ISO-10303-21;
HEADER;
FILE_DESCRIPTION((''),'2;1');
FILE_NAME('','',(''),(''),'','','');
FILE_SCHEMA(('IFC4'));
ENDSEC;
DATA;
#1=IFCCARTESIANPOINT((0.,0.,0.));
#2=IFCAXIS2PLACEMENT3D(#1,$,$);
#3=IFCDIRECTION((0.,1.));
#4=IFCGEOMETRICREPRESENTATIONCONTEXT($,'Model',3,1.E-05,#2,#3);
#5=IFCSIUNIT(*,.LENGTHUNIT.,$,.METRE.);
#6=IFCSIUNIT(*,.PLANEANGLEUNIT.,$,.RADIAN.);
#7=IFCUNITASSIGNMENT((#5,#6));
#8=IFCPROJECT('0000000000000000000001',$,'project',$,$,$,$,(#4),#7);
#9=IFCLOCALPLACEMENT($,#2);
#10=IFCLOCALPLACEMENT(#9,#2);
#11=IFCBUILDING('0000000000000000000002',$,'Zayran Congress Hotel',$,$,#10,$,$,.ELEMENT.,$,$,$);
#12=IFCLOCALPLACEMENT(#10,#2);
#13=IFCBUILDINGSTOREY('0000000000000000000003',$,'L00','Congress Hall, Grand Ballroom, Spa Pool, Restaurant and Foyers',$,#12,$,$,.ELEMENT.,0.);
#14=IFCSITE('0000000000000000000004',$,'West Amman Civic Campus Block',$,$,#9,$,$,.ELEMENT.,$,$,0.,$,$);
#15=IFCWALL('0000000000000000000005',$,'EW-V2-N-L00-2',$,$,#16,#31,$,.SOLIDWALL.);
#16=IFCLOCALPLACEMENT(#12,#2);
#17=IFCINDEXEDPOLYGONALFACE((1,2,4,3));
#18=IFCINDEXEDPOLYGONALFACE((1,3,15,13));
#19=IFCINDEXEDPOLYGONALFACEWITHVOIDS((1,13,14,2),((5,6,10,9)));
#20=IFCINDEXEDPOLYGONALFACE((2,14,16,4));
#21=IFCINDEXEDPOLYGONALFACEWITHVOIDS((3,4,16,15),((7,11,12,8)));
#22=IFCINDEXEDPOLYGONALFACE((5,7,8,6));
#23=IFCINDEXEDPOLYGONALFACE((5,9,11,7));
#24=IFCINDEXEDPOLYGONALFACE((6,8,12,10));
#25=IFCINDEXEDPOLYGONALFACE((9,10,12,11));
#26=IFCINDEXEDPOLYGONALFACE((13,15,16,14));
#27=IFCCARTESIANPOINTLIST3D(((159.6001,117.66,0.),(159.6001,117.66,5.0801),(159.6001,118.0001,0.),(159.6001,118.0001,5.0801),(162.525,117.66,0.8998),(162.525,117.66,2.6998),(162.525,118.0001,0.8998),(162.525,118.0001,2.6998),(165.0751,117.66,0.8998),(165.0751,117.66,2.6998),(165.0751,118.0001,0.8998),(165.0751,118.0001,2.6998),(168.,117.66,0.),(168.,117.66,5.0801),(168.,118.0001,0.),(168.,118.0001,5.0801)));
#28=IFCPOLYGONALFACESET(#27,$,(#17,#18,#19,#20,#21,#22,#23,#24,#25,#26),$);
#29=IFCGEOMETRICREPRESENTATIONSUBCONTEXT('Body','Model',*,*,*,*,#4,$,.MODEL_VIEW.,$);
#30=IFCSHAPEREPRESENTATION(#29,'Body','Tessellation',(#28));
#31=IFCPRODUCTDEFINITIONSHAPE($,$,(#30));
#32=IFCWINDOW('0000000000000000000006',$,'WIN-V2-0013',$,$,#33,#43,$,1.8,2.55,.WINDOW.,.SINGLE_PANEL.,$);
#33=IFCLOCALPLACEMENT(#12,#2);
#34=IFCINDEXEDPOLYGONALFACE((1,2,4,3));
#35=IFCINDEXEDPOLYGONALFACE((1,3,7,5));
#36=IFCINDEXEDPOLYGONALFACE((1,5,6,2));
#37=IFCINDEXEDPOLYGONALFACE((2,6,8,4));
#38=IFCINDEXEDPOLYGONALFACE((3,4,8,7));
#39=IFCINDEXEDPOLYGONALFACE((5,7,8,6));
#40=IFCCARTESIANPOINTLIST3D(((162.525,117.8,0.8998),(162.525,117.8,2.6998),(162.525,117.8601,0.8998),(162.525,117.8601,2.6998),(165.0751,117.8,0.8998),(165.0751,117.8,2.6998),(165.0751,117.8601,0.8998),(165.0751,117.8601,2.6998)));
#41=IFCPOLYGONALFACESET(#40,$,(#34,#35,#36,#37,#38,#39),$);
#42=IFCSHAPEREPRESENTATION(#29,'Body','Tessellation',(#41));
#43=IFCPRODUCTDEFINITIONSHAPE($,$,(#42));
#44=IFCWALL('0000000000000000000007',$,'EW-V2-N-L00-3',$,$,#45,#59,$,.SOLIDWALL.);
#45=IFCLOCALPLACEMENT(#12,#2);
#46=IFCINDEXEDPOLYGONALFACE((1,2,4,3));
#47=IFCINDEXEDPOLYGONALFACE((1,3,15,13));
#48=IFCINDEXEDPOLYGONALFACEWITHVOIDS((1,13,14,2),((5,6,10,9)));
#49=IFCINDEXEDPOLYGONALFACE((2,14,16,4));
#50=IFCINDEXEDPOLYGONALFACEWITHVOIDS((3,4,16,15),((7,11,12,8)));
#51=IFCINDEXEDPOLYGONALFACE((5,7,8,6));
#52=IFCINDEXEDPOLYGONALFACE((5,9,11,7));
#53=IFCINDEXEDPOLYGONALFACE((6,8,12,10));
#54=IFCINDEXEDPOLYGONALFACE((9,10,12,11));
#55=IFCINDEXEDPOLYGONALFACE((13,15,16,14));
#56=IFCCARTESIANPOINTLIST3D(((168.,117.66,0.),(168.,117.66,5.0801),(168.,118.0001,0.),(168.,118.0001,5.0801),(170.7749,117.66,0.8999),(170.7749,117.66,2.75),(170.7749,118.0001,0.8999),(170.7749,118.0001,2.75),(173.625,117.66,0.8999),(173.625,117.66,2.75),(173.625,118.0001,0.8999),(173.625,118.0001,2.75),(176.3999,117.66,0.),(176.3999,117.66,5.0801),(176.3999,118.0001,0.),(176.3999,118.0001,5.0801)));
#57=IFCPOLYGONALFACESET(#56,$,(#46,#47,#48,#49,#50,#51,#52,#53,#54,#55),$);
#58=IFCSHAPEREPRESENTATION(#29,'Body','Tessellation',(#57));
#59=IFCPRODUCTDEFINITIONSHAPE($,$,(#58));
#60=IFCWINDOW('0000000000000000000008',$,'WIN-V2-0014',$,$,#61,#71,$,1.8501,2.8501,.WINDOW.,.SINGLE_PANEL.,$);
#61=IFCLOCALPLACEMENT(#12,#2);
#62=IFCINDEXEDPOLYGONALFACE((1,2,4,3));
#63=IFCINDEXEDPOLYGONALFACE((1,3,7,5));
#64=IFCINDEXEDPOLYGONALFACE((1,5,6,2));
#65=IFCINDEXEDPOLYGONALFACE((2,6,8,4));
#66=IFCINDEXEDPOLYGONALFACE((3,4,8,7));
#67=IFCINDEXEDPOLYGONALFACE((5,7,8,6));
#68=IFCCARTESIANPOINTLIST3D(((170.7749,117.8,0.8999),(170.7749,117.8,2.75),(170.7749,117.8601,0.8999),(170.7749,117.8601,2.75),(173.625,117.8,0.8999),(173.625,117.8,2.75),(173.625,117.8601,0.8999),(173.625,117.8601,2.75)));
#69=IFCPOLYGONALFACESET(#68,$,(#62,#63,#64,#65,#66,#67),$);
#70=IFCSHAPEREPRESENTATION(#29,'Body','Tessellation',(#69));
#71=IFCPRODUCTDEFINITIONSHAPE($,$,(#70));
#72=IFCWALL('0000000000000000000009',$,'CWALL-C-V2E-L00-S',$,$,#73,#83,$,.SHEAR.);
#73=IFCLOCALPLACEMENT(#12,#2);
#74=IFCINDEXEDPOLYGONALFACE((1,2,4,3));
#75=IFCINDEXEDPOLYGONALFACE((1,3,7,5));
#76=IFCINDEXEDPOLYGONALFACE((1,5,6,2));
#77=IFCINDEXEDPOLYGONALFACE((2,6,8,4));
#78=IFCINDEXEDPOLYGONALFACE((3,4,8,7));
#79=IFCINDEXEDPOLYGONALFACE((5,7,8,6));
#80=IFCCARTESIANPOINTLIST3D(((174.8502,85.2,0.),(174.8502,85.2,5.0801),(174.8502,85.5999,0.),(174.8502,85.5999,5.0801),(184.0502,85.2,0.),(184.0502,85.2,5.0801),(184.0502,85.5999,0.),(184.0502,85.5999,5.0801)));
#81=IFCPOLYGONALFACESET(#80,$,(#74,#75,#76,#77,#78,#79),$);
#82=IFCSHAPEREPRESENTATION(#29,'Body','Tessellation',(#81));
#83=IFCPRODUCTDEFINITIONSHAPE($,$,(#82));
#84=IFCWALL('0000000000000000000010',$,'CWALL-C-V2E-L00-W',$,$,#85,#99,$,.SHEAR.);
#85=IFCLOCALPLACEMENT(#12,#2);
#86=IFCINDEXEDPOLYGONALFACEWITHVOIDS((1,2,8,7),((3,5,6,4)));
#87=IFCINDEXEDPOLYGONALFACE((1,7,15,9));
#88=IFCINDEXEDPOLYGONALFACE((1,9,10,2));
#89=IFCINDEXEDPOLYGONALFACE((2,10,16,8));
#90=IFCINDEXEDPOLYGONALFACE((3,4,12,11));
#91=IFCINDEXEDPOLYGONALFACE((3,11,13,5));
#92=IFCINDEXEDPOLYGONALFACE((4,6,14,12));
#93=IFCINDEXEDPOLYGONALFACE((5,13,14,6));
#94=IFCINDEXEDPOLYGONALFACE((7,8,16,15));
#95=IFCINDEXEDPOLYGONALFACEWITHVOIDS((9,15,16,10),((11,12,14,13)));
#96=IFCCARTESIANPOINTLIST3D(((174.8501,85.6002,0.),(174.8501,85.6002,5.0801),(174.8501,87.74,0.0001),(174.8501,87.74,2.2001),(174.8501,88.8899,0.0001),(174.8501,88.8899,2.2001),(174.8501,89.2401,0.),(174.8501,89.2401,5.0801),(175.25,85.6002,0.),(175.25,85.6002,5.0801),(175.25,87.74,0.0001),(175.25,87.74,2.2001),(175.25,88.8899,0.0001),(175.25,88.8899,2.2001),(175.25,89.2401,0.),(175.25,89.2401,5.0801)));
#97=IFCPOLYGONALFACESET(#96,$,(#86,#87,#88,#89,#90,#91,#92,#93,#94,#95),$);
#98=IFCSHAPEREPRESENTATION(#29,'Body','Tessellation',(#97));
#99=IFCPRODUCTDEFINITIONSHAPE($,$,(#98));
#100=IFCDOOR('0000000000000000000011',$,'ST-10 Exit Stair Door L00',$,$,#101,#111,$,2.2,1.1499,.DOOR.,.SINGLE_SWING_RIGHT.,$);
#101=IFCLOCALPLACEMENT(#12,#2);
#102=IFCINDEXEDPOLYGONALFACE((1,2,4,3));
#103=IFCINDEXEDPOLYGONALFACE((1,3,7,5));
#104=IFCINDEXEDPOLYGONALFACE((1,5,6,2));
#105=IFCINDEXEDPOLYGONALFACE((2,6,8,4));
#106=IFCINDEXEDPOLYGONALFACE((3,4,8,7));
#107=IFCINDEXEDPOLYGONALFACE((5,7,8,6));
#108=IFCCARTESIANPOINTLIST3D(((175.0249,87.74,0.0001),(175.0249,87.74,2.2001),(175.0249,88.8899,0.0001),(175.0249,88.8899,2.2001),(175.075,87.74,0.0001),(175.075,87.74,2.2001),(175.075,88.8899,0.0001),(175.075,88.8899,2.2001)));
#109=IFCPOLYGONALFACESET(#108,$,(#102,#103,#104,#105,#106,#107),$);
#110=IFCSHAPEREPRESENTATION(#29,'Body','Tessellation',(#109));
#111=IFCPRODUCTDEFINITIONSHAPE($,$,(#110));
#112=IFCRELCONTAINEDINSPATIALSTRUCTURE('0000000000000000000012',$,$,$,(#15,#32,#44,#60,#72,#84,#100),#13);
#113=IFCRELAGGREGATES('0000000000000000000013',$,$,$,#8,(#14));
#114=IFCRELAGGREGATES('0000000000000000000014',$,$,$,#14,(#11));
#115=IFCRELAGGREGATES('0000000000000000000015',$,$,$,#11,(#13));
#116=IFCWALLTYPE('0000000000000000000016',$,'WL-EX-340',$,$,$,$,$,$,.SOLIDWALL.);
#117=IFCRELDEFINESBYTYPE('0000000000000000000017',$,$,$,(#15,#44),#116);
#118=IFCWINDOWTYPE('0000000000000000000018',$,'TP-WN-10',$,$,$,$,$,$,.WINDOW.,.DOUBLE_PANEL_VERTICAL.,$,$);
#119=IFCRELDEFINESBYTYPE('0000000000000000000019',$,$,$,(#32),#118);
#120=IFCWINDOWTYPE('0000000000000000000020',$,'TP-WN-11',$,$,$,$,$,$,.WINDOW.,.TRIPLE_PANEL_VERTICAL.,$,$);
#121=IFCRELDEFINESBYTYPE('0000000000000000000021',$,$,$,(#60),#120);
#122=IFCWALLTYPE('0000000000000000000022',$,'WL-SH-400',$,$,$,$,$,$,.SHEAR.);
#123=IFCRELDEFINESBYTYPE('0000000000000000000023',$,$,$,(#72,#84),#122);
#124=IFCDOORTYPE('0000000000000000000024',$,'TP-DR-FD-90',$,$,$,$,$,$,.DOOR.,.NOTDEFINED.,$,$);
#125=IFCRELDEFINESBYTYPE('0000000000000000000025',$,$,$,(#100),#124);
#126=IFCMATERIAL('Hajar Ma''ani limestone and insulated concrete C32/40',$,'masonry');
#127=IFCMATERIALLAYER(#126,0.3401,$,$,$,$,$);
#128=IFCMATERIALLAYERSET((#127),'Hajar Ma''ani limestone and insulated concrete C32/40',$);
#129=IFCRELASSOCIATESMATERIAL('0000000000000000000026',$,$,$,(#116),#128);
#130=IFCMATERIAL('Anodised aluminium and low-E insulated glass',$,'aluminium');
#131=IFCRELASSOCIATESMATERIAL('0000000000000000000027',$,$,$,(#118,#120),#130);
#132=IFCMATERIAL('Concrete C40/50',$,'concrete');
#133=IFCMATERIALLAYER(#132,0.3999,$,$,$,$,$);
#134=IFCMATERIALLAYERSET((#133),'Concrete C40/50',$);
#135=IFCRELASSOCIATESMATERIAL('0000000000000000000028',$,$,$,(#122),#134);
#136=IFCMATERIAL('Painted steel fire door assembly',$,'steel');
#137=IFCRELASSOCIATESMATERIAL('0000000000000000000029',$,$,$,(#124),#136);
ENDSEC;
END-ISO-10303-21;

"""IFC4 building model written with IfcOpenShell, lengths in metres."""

from ifc_helpers import new_model, si_unit, direction, frame, frame_2d, origin, place, context, subcontext, project, spatial, rectangle, extrude, material, layer, layer_set, type_object, element, fill, save


model = new_model("IFC4")

# Units and contexts
model_context = context("Model", 3, precision=1e-05, world=origin(), true_north=direction((0.0, 1.0)))
body_context = subcontext(model_context, "Body", "Model", "MODEL_VIEW")
ifc_project = project(units=[si_unit("LENGTHUNIT", "METRE"), si_unit("PLANEANGLEUNIT", "RADIAN")], contexts=[model_context])

# Site, building, storey
site_placement = place(None, origin())
site = spatial("IfcSite", under=ifc_project, at=site_placement, Name="West Amman Civic Campus Block", CompositionType="ELEMENT", RefElevation=0.0)
building_placement = place(site_placement, origin())
building = spatial("IfcBuilding", under=site, at=building_placement, Name="Zayran Congress Hotel", CompositionType="ELEMENT")
storey_placement = place(building_placement, origin())
storey = spatial("IfcBuildingStorey", under=building, at=storey_placement, Name="L00", Description="Congress Hall, Grand Ballroom, Spa Pool, Restaurant and Foyers", CompositionType="ELEMENT", Elevation=0.0)

# Shared definitions
ifc_material_1 = material(Name="Concrete C40/50", Category="concrete")

# Walls, openings, windows
ifc_material_2 = material(Name="Hajar Ma'ani limestone and insulated concrete C32/40", Category="masonry")
ifc_layer_1 = layer(ifc_material_2, 0.3401)
ifc_layer_set_1 = layer_set([ifc_layer_1], Name="Hajar Ma'ani limestone and insulated concrete C32/40")
wall_type_1 = type_object("IfcWallType", Name="WL-EX-340", PredefinedType="SOLIDWALL", material=ifc_layer_set_1)
wall_1_placement = place(storey_placement, frame((159.6001, 117.8301, 0.0), z_axis=(0.0, 0.0, 1.0), x_axis=(1.0, 0.0, 0.0)))
wall_1 = element("IfcWall", 1, at=wall_1_placement, inside=storey, type_object=wall_type_1, Name="EW-V2-N-L00-2", PredefinedType="SOLIDWALL", context=body_context, shape_type="SweptSolid", body=[
    extrude(rectangle(XDim=8.3999, YDim=0.3401, at=frame_2d((4.2, 0.0))), origin(), (0.0, 0.0, 1.0), 5.0801),
])
opening_1_placement = place(wall_1_placement, frame((2.925, 0.0, 0.8999)))
opening_1 = element("IfcOpeningElement", 2, at=opening_1_placement, cuts=wall_1, PredefinedType="OPENING", context=body_context, shape_type="SweptSolid", body=[
    extrude(rectangle(XDim=2.55, YDim=1.8, at=frame_2d((1.2749, 0.8999))), frame((0.0, 0.1799, 0.0), z_axis=(0.0, -1.0, 0.0), x_axis=(1.0, 0.0, 0.0)), (0.0, 0.0, 1.0), 0.3601),
])
ifc_material_3 = material(Name="Anodised aluminium and low-E insulated glass", Category="aluminium")
window_type_1 = type_object("IfcWindowType", Name="TP-WN-10", PartitioningType="DOUBLE_PANEL_VERTICAL", PredefinedType="WINDOW", material=ifc_material_3)
window_1_placement = place(opening_1_placement, origin())
window_1 = element("IfcWindow", 3, at=window_1_placement, inside=storey, type_object=window_type_1, Name="WIN-V2-0013", OverallHeight=1.8, OverallWidth=2.55, PartitioningType="SINGLE_PANEL", PredefinedType="WINDOW", context=body_context, shape_type="SweptSolid", body=[
    extrude(rectangle(XDim=2.55, YDim=1.8, at=frame_2d((1.2749, 0.8999))), frame((0.0, 0.03, 0.0), z_axis=(0.0, -1.0, 0.0), x_axis=(1.0, 0.0, 0.0)), (0.0, 0.0, 1.0), 0.0601),
])
fill(opening_1, window_1)
wall_2_placement = place(storey_placement, frame((168.0, 117.8301, 0.0), z_axis=(0.0, 0.0, 1.0), x_axis=(1.0, 0.0, 0.0)))
wall_2 = element("IfcWall", 4, at=wall_2_placement, inside=storey, type_object=wall_type_1, Name="EW-V2-N-L00-3", PredefinedType="SOLIDWALL", context=body_context, shape_type="SweptSolid", body=[
    extrude(rectangle(XDim=8.3999, YDim=0.3401, at=frame_2d((4.2, 0.0))), origin(), (0.0, 0.0, 1.0), 5.0801),
])
opening_2_placement = place(wall_2_placement, frame((2.7749, 0.0, 0.8999)))
opening_2 = element("IfcOpeningElement", 5, at=opening_2_placement, cuts=wall_2, PredefinedType="OPENING", context=body_context, shape_type="SweptSolid", body=[
    extrude(rectangle(XDim=2.8501, YDim=1.8501, at=frame_2d((1.425, 0.925))), frame((0.0, 0.1799, 0.0), z_axis=(0.0, -1.0, 0.0), x_axis=(1.0, 0.0, 0.0)), (0.0, 0.0, 1.0), 0.3601),
])
window_type_2 = type_object("IfcWindowType", Name="TP-WN-11", PartitioningType="TRIPLE_PANEL_VERTICAL", PredefinedType="WINDOW", material=ifc_material_3)
window_2_placement = place(opening_2_placement, origin())
window_2 = element("IfcWindow", 6, at=window_2_placement, inside=storey, type_object=window_type_2, Name="WIN-V2-0014", OverallHeight=1.8501, OverallWidth=2.8501, PartitioningType="SINGLE_PANEL", PredefinedType="WINDOW", context=body_context, shape_type="SweptSolid", body=[
    extrude(rectangle(XDim=2.8501, YDim=1.8501, at=frame_2d((1.425, 0.925))), frame((0.0, 0.03, 0.0), z_axis=(0.0, -1.0, 0.0), x_axis=(1.0, 0.0, 0.0)), (0.0, 0.0, 1.0), 0.0601),
])
fill(opening_2, window_2)

# Wall
ifc_layer_2 = layer(ifc_material_1, 0.3999)
ifc_layer_set_2 = layer_set([ifc_layer_2], Name="Concrete C40/50")
wall_type_2 = type_object("IfcWallType", Name="WL-SH-400", PredefinedType="SHEAR", material=ifc_layer_set_2)
wall_3_placement = place(storey_placement, frame((174.8501, 85.3999, 0.0), z_axis=(0.0, 0.0, 1.0), x_axis=(1.0, 0.0, 0.0)))
element("IfcWall", 7, at=wall_3_placement, inside=storey, type_object=wall_type_2, Name="CWALL-C-V2E-L00-S", PredefinedType="SHEAR", context=body_context, shape_type="SweptSolid", body=[
    extrude(rectangle(XDim=9.2, YDim=0.3999, at=frame_2d((4.6001, 0.0))), origin(), (0.0, 0.0, 1.0), 5.0801),
])

# Wall, opening, door
wall_4_placement = place(storey_placement, frame((175.05, 89.24, 0.0), z_axis=(0.0, 0.0, 1.0), x_axis=(0.0, -1.0, 0.0)))
wall_4 = element("IfcWall", 8, at=wall_4_placement, inside=storey, type_object=wall_type_2, Name="CWALL-C-V2E-L00-W", PredefinedType="SHEAR", context=body_context, shape_type="SweptSolid", body=[
    extrude(rectangle(XDim=3.6399, YDim=0.3999, at=frame_2d((1.8198, 0.0))), origin(), (0.0, 0.0, 1.0), 5.0801),
])
opening_3_placement = place(wall_4_placement, frame((0.3501, 0.0, 0.0)))
opening_3 = element("IfcOpeningElement", 9, at=opening_3_placement, cuts=wall_4, PredefinedType="OPENING", context=body_context, shape_type="SweptSolid", body=[
    extrude(rectangle(XDim=1.1499, YDim=2.2, at=frame_2d((0.575, 1.1001))), frame((0.0, 0.21, 0.0), z_axis=(0.0, -1.0, 0.0), x_axis=(1.0, 0.0, 0.0)), (0.0, 0.0, 1.0), 0.4199),
])
ifc_material_4 = material(Name="Painted steel fire door assembly", Category="steel")
door_type = type_object("IfcDoorType", Name="TP-DR-FD-90", OperationType="NOTDEFINED", PredefinedType="DOOR", material=ifc_material_4)
door_placement = place(opening_3_placement, origin())
door = element("IfcDoor", 10, at=door_placement, inside=storey, type_object=door_type, Name="ST-10 Exit Stair Door L00", OperationType="SINGLE_SWING_RIGHT", OverallHeight=2.2, OverallWidth=1.1499, PredefinedType="DOOR", context=body_context, shape_type="SweptSolid", body=[
    extrude(rectangle(XDim=1.1499, YDim=2.2, at=frame_2d((0.575, 1.1001))), frame((0.0, 0.0249, 0.0), z_axis=(0.0, -1.0, 0.0), x_axis=(1.0, 0.0, 0.0)), (0.0, 0.0, 1.0), 0.05),
])
fill(opening_3, door)

save(model, "model.ifc")
